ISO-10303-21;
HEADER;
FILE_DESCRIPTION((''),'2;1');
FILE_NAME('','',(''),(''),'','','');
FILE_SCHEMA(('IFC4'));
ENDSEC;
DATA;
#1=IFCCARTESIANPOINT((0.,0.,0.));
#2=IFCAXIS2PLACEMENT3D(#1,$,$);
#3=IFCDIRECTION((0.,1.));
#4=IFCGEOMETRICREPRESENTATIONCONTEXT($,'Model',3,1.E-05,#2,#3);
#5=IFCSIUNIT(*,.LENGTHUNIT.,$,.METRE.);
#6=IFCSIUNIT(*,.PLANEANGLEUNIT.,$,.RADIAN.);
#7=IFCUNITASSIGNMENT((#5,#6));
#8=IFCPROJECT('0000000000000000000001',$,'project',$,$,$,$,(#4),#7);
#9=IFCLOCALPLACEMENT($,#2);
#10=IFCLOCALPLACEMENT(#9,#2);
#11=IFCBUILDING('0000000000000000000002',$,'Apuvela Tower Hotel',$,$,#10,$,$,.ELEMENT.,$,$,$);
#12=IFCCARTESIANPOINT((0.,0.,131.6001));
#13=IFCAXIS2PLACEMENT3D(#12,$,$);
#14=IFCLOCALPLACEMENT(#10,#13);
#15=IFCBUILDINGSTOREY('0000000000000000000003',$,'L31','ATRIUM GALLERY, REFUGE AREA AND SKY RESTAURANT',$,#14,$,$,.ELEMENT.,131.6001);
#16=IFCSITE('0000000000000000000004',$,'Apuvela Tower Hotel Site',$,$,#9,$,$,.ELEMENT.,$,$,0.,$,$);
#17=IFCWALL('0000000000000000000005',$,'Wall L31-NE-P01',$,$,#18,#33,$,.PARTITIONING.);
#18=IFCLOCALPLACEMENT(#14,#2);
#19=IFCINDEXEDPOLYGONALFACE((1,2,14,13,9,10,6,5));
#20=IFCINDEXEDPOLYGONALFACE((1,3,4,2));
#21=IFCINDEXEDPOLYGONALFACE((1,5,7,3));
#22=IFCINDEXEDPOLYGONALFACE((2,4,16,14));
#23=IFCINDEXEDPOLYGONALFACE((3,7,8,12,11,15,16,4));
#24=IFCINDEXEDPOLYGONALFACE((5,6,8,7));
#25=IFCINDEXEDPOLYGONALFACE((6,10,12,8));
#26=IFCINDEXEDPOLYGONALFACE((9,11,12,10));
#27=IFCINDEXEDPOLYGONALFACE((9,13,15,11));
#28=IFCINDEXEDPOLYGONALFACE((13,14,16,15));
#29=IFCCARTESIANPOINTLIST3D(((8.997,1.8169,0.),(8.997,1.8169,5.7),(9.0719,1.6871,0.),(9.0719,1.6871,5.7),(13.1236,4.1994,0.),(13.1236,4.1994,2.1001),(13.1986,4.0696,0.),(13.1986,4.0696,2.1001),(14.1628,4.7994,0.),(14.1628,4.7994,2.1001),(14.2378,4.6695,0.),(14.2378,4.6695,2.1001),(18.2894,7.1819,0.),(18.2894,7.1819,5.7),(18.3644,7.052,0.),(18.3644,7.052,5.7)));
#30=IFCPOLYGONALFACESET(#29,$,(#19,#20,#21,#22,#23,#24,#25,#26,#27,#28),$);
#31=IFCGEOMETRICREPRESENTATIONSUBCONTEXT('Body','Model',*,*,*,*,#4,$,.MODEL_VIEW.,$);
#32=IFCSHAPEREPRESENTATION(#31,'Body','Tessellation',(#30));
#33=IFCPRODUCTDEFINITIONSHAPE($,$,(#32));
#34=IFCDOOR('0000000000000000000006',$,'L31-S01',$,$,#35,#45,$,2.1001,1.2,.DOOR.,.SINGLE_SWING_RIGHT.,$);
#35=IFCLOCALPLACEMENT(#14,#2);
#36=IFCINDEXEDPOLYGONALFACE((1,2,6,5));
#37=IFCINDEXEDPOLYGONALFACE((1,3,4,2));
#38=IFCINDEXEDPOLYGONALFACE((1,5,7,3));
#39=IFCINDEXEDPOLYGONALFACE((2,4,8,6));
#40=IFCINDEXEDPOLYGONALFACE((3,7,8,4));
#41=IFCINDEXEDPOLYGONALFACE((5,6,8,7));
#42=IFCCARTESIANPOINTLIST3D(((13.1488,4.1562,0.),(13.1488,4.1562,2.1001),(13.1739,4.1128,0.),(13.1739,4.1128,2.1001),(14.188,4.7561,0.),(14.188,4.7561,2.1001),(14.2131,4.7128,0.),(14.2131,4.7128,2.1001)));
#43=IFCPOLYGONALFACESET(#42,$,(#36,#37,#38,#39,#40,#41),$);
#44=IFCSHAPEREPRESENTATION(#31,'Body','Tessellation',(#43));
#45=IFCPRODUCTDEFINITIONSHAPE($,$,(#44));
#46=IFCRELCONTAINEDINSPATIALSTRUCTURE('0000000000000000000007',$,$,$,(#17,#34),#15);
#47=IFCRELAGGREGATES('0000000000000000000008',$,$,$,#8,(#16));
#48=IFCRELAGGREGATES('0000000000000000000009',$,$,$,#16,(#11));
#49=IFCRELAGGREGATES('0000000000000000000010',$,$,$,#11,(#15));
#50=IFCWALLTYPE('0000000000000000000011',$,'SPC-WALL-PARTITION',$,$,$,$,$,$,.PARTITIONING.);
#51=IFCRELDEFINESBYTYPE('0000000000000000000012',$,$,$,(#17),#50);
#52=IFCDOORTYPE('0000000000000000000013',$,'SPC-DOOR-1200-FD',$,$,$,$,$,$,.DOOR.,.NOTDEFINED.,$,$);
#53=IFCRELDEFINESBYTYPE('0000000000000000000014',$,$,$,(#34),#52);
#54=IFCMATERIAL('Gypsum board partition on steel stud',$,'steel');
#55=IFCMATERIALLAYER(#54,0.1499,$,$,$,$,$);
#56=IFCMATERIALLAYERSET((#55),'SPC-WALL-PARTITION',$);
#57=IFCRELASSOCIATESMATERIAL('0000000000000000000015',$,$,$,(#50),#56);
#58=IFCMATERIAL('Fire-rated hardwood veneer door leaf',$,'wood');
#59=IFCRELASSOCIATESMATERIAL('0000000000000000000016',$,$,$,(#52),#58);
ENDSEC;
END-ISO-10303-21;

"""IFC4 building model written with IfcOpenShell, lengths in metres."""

from ifc_helpers import new_model, si_unit, direction, frame, frame_2d, origin, place, context, subcontext, project, spatial, rectangle, extrude, material, layer, layer_set, type_object, element, fill, save


model = new_model("IFC4")

# Units and contexts
model_context = context("Model", 3, precision=1e-05, world=origin(), true_north=direction((0.0, 1.0)))
body_context = subcontext(model_context, "Body", "Model", "MODEL_VIEW")
ifc_project = project(units=[si_unit("LENGTHUNIT", "METRE"), si_unit("PLANEANGLEUNIT", "RADIAN")], contexts=[model_context])

# Site, building, storey
site_placement = place(None, origin())
site = spatial("IfcSite", under=ifc_project, at=site_placement, Name="Apuvela Tower Hotel Site", CompositionType="ELEMENT", RefElevation=0.0)
building_placement = place(site_placement, origin())
building = spatial("IfcBuilding", under=site, at=building_placement, Name="Apuvela Tower Hotel", CompositionType="ELEMENT")
storey_placement = place(building_placement, frame((0.0, 0.0, 131.6001)))
storey = spatial("IfcBuildingStorey", under=building, at=storey_placement, Name="L31", Description="ATRIUM GALLERY, REFUGE AREA AND SKY RESTAURANT", CompositionType="ELEMENT", Elevation=131.6001)

# Wall, opening, door
ifc_material_1 = material(Name="Gypsum board partition on steel stud", Category="steel")
ifc_layer_1 = layer(ifc_material_1, 0.1499)
ifc_layer_set_1 = layer_set([ifc_layer_1], Name="SPC-WALL-PARTITION")
wall_type = type_object("IfcWallType", Name="SPC-WALL-PARTITION", PredefinedType="PARTITIONING", material=ifc_layer_set_1)
wall_placement = place(storey_placement, frame((18.3269, 7.1169, 0.0), z_axis=(0.0, 0.0, 1.0), x_axis=(-0.866026, -0.499998, 0.0)))
wall = element("IfcWall", 1, at=wall_placement, inside=storey, type_object=wall_type, Name="Wall L31-NE-P01", PredefinedType="PARTITIONING", context=body_context, shape_type="SweptSolid", body=[
    extrude(rectangle(XDim=10.73, YDim=0.1499, at=frame_2d((5.365, 0.0))), origin(), (0.0, 0.0, 1.0), 5.7),
])
opening_placement = place(wall_placement, frame((4.7649, 0.0, 0.0)))
opening = element("IfcOpeningElement", 2, at=opening_placement, cuts=wall, PredefinedType="OPENING", context=body_context, shape_type="SweptSolid", body=[
    extrude(rectangle(XDim=1.2, YDim=2.1001, at=frame_2d((0.6001, 1.05))), frame((0.0, 0.085, 0.0), z_axis=(0.0, -1.0, 0.0), x_axis=(1.0, 0.0, 0.0)), (0.0, 0.0, 1.0), 0.1699),
])
ifc_material_2 = material(Name="Fire-rated hardwood veneer door leaf", Category="wood")
door_type = type_object("IfcDoorType", Name="SPC-DOOR-1200-FD", OperationType="NOTDEFINED", PredefinedType="DOOR", material=ifc_material_2)
door_placement = place(opening_placement, frame((1.2, 0.0, 0.0), z_axis=(0.0, 0.0, 1.0), x_axis=(-1.0, 0.0, 0.0)))
door = element("IfcDoor", 3, at=door_placement, inside=storey, type_object=door_type, Name="L31-S01", OperationType="SINGLE_SWING_RIGHT", OverallHeight=2.1001, OverallWidth=1.2, PredefinedType="DOOR", context=body_context, shape_type="SweptSolid", body=[
    extrude(rectangle(XDim=1.2, YDim=2.1001, at=frame_2d((0.6001, 1.05))), frame((0.0, 0.0249, 0.0), z_axis=(0.0, -1.0, 0.0), x_axis=(1.0, 0.0, 0.0)), (0.0, 0.0, 1.0), 0.05),
])
fill(opening, door)

save(model, "model.ifc")
